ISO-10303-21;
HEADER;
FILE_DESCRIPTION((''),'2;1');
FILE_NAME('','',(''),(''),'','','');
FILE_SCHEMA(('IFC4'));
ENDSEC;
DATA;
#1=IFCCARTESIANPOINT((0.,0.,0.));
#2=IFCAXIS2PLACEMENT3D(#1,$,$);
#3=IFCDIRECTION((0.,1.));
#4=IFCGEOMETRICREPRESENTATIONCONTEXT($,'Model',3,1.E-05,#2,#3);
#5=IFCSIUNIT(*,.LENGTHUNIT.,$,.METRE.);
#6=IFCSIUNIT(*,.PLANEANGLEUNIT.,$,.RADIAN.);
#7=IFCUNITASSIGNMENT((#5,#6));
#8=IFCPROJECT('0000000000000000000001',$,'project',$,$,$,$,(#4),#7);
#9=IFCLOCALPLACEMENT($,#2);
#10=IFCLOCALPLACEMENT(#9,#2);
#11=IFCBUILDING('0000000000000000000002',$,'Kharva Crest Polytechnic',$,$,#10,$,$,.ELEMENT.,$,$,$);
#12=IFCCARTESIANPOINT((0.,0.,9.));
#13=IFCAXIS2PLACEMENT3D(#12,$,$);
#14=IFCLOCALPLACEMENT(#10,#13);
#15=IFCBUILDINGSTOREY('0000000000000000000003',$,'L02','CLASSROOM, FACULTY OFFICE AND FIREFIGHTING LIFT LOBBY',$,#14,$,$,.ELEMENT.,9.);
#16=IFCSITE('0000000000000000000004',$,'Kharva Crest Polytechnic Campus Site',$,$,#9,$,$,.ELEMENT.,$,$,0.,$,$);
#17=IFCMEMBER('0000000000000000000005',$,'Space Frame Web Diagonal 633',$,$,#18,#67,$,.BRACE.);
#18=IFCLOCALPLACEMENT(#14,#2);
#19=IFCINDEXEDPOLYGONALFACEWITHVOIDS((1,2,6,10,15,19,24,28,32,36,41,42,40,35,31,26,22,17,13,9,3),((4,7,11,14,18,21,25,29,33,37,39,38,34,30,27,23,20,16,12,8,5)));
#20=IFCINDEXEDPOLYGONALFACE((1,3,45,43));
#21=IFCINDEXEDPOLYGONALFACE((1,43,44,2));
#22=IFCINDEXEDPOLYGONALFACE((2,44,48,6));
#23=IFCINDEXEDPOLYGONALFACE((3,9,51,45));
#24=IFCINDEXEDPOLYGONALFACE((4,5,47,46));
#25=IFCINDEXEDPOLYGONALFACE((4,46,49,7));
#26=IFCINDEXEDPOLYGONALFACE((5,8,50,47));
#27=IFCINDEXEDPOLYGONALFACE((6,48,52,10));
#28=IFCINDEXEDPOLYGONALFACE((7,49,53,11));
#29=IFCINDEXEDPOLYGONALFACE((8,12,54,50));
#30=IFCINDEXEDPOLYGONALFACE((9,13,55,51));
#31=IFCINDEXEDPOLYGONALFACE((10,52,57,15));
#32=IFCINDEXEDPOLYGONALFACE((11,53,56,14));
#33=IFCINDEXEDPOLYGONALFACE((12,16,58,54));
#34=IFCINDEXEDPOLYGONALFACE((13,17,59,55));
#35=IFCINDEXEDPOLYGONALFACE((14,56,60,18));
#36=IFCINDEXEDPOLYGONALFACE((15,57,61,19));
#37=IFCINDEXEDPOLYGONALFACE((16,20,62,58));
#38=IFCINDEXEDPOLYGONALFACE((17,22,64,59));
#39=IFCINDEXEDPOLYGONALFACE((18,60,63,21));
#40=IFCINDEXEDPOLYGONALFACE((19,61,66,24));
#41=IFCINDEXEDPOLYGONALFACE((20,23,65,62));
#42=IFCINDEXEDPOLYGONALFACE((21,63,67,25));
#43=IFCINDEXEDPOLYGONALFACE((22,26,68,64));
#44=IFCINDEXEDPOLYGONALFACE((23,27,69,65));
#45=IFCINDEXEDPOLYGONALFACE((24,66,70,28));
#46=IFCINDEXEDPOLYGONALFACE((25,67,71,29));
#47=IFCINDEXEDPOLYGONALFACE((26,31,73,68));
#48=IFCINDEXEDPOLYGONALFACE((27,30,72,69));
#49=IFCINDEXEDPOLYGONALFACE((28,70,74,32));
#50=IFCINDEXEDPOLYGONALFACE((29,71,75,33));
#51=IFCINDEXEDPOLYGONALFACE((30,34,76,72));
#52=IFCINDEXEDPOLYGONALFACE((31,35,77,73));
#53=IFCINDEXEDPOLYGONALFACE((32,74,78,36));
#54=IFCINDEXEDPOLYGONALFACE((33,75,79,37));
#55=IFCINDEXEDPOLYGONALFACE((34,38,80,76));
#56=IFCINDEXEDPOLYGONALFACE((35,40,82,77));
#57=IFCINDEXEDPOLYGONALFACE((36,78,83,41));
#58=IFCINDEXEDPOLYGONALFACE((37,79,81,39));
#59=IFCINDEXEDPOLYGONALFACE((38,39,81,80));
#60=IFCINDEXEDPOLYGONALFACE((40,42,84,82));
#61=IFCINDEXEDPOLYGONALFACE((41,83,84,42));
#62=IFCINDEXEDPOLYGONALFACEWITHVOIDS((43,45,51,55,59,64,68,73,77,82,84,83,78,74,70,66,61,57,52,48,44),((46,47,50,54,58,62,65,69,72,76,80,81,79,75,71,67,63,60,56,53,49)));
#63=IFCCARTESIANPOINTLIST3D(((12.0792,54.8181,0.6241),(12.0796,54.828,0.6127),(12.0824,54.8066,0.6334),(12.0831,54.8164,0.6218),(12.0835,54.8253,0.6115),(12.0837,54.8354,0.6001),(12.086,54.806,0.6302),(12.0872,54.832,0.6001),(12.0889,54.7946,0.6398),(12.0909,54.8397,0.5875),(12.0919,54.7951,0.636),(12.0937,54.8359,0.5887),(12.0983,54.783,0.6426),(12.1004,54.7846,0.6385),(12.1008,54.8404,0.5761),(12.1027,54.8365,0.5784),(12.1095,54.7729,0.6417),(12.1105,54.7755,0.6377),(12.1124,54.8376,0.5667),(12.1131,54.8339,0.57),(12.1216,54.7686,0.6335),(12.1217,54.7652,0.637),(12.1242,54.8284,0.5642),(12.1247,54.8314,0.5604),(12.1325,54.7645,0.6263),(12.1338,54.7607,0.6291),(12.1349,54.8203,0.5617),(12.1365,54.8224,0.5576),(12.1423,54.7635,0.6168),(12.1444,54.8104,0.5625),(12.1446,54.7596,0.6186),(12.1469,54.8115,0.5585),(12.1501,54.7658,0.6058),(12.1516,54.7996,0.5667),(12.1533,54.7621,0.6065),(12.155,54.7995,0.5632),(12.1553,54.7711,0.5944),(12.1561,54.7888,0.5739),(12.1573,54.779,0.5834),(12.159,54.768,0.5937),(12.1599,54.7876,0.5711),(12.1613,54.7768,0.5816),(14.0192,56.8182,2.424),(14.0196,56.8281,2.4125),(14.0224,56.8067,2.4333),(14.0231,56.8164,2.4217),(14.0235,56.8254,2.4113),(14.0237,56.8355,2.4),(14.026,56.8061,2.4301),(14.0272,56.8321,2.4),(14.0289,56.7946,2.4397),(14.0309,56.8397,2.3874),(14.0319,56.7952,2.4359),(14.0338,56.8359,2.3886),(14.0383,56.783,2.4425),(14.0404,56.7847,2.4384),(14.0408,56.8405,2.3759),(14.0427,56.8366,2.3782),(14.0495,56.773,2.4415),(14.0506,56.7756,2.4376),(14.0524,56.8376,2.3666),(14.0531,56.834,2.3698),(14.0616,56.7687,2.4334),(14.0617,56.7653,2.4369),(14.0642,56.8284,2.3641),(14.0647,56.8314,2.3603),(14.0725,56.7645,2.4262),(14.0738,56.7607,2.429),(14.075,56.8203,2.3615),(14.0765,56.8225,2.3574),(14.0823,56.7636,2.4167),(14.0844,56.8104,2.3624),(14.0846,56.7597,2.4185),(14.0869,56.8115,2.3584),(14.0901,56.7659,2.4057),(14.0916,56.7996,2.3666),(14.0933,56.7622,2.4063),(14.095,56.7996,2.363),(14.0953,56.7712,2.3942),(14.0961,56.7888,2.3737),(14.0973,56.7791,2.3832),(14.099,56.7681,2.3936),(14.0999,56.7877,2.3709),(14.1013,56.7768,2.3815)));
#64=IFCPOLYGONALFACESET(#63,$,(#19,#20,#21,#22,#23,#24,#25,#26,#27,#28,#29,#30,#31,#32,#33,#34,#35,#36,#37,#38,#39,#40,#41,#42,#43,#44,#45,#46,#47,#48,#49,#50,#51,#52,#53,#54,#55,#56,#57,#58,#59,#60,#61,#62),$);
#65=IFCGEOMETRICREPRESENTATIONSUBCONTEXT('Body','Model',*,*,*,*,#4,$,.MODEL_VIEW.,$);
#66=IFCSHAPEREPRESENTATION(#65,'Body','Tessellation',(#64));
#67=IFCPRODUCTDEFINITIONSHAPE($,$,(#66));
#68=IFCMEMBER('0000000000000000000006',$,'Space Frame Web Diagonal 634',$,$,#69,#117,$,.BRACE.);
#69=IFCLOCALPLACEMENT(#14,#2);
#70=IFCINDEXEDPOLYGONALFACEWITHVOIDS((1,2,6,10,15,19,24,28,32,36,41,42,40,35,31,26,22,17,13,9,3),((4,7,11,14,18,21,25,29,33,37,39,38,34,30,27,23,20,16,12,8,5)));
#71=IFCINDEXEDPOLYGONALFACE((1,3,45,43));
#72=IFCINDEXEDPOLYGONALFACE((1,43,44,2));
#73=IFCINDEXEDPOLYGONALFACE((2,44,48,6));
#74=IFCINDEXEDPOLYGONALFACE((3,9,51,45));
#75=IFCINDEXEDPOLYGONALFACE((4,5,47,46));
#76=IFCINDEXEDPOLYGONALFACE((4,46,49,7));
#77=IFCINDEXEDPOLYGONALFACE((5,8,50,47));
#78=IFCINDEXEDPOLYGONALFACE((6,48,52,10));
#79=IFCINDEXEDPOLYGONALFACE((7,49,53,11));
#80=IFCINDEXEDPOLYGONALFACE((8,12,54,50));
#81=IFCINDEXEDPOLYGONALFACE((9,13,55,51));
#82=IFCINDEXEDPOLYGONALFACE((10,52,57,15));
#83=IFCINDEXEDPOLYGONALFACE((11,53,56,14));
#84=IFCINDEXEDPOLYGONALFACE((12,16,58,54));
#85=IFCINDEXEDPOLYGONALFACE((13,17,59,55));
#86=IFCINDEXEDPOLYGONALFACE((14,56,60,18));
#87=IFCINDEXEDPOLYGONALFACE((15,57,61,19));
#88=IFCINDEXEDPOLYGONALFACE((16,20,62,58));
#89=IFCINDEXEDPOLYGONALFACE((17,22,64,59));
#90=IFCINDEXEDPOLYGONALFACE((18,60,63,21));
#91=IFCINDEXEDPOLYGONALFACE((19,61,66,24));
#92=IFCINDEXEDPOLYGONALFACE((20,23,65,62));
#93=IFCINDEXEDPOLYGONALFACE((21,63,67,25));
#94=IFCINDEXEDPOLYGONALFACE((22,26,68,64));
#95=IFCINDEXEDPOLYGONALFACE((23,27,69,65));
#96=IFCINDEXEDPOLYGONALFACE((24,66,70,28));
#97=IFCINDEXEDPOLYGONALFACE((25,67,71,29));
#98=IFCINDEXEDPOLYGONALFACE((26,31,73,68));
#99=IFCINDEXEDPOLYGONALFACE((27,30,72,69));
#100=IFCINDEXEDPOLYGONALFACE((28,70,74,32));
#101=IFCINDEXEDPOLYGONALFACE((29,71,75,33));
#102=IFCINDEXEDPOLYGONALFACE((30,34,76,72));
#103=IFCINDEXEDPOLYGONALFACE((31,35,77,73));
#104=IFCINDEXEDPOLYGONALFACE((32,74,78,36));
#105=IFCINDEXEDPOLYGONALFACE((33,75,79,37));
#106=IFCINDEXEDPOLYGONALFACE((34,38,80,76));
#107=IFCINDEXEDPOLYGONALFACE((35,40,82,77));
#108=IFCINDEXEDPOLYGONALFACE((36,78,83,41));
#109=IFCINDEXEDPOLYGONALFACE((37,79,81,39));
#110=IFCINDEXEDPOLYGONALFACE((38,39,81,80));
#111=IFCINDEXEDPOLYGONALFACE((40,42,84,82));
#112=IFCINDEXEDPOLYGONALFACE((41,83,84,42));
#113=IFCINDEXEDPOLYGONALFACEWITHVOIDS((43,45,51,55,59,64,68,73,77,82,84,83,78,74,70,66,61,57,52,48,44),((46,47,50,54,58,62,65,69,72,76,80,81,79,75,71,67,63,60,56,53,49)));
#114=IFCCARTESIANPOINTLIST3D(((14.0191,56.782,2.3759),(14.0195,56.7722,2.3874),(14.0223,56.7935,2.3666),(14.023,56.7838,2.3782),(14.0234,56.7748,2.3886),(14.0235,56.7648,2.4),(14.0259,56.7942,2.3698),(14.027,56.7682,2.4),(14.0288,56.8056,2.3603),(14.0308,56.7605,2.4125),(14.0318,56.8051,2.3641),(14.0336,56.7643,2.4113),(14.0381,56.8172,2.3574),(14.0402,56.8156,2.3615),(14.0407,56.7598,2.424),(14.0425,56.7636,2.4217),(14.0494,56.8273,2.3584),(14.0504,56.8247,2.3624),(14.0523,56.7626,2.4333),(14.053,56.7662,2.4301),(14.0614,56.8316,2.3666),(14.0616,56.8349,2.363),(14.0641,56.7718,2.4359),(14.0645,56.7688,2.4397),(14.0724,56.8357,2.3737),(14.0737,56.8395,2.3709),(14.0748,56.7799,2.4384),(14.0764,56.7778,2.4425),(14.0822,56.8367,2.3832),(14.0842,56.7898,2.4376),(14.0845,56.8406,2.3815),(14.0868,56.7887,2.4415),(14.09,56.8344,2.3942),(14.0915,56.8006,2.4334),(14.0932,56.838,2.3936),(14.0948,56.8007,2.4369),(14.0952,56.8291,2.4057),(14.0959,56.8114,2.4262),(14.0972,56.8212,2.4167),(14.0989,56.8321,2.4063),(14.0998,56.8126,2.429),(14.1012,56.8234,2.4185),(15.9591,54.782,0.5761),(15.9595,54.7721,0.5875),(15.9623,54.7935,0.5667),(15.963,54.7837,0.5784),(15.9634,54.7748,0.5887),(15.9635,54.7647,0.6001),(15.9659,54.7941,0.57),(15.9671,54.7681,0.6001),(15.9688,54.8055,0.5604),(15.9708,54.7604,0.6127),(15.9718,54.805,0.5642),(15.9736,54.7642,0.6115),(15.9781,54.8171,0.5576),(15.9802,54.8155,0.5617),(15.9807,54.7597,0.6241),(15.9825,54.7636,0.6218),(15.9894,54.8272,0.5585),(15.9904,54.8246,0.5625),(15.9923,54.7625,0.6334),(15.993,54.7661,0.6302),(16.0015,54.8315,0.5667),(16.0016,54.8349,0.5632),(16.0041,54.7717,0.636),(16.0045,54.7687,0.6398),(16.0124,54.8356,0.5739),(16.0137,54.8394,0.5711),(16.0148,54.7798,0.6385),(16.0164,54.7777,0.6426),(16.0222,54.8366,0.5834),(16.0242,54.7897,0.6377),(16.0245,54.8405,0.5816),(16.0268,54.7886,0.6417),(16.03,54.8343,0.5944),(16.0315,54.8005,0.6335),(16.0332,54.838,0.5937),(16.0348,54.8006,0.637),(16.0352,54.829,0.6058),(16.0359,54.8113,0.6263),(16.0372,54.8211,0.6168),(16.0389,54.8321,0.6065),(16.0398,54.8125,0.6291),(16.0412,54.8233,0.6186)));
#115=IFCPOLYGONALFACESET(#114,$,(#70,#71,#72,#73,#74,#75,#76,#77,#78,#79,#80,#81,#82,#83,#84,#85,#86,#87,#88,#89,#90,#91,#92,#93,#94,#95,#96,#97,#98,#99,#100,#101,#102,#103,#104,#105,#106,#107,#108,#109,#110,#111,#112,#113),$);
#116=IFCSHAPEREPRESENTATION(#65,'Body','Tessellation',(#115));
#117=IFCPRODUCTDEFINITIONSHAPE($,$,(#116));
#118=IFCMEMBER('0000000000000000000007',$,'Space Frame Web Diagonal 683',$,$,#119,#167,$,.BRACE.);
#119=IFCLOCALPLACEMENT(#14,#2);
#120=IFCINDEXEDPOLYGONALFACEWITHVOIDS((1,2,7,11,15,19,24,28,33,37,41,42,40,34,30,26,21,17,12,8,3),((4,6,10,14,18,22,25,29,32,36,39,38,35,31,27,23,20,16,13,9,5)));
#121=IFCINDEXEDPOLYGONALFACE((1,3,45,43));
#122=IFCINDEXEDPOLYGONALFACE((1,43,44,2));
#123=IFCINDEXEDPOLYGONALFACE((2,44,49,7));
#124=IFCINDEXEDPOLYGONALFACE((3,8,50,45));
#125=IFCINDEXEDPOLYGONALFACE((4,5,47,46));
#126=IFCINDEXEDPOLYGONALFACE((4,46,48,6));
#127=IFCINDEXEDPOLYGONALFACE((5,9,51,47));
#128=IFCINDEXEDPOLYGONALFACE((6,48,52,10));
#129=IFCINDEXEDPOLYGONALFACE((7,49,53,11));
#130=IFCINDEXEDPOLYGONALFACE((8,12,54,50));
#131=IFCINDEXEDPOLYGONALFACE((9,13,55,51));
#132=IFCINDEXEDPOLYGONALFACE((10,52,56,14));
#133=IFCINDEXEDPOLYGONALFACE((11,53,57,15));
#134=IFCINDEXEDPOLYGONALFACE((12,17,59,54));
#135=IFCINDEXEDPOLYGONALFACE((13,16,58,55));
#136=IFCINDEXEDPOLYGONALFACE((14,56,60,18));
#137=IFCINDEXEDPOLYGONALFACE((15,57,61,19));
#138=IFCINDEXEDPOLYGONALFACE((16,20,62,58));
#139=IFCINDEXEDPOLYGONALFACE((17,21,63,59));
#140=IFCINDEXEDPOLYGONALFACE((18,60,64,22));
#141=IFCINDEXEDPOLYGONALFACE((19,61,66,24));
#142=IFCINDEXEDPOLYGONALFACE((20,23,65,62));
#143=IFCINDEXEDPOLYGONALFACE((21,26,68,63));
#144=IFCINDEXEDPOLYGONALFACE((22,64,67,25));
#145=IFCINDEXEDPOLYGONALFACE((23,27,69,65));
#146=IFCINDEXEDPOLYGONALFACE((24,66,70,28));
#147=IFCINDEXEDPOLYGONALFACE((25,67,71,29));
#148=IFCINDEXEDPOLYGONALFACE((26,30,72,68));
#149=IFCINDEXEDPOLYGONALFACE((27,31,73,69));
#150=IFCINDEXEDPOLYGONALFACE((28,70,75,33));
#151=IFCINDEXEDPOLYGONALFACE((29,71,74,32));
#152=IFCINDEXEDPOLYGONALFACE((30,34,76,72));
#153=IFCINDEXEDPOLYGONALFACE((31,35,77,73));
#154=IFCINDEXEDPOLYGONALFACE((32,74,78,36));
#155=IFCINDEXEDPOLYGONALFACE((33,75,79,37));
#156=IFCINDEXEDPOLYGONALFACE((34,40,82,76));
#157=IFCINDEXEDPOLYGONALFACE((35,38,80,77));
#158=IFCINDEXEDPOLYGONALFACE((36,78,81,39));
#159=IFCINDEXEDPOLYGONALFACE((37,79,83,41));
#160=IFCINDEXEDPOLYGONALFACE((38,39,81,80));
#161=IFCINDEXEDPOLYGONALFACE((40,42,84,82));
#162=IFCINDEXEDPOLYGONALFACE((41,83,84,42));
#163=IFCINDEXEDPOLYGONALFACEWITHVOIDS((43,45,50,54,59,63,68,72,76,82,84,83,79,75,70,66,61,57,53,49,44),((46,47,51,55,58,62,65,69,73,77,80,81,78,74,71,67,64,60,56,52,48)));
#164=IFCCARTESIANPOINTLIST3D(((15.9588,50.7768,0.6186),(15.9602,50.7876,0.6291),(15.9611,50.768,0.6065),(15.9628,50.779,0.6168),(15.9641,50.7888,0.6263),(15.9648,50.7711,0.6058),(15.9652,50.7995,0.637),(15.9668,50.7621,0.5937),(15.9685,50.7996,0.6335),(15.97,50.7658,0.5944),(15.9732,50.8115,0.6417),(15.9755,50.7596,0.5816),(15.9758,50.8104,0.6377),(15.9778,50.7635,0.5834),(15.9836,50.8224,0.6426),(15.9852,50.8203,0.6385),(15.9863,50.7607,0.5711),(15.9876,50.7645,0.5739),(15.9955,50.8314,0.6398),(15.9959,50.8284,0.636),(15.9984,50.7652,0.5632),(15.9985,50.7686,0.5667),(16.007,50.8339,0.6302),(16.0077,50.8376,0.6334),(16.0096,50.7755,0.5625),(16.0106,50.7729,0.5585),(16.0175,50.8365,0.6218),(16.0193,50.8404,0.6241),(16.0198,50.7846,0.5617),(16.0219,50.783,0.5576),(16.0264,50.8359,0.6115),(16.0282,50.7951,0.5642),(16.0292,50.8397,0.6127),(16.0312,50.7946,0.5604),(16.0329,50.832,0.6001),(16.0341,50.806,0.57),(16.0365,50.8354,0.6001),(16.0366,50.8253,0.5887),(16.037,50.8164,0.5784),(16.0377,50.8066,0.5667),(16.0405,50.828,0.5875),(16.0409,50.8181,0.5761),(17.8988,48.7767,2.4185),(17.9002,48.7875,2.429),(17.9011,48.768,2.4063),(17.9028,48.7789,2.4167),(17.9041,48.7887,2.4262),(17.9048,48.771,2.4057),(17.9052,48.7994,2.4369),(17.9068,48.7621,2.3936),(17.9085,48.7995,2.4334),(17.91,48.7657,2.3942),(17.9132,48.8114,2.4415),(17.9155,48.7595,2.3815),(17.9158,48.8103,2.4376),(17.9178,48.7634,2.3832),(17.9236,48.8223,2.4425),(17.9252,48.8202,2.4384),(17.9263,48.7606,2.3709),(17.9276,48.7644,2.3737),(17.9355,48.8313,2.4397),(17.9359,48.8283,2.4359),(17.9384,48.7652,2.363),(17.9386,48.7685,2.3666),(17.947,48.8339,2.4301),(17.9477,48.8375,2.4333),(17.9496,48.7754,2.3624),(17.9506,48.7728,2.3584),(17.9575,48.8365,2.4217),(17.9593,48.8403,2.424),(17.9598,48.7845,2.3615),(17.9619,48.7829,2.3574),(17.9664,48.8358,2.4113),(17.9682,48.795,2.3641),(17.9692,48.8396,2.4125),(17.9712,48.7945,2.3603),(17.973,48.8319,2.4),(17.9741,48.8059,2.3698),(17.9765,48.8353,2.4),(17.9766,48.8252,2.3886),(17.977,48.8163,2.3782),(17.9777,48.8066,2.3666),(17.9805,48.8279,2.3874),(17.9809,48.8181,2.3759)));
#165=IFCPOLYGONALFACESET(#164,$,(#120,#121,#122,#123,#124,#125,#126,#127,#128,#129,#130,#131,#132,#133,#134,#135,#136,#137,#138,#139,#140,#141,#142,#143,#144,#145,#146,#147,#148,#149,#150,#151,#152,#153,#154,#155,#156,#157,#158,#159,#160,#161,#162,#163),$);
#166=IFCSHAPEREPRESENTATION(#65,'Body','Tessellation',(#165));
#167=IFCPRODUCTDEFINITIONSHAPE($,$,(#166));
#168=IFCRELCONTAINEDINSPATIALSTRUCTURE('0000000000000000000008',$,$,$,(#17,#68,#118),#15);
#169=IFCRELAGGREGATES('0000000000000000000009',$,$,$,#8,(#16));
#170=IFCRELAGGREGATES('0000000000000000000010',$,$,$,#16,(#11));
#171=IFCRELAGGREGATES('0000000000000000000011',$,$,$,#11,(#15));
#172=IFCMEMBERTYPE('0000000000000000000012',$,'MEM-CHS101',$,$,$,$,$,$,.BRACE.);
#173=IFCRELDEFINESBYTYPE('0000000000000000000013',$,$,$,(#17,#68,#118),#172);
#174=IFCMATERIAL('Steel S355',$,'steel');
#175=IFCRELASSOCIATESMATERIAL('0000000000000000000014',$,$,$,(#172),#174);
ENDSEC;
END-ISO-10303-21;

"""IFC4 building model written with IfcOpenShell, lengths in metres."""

from ifc_helpers import new_model, si_unit, direction, frame, origin, origin_2d, place, context, subcontext, project, spatial, hollow_circle, extrude, material, material_profile, profile_set, type_object, element, save


model = new_model("IFC4")

# Units and contexts
model_context = context("Model", 3, precision=1e-05, world=origin(), true_north=direction((0.0, 1.0)))
body_context = subcontext(model_context, "Body", "Model", "MODEL_VIEW")
ifc_project = project(units=[si_unit("LENGTHUNIT", "METRE"), si_unit("PLANEANGLEUNIT", "RADIAN")], contexts=[model_context])

# Site, building, storey
site_placement = place(None, origin())
site = spatial("IfcSite", under=ifc_project, at=site_placement, Name="Kharva Crest Polytechnic Campus Site", CompositionType="ELEMENT", RefElevation=0.0)
building_placement = place(site_placement, origin())
building = spatial("IfcBuilding", under=site, at=building_placement, Name="Kharva Crest Polytechnic", CompositionType="ELEMENT")
storey_placement = place(building_placement, frame((0.0, 0.0, 9.0)))
storey = spatial("IfcBuildingStorey", under=building, at=storey_placement, Name="L02", Description="CLASSROOM, FACULTY OFFICE AND FIREFIGHTING LIFT LOBBY", CompositionType="ELEMENT", Elevation=9.0)

# Shared definitions
ifc_material_1 = material(Name="Steel S355", Category="steel")

# Members
ifc_material_profile_1 = material_profile(ifc_material_1, hollow_circle(Radius=0.0508, WallThickness=0.0049, at=origin_2d()), Name="CHS 101.6X5.0")
ifc_profile_set_1 = profile_set([ifc_material_profile_1], Name="Steel S355")
member_type_1 = type_object("IfcMemberType", Name="MEM-CHS101", PredefinedType="BRACE", material=ifc_profile_set_1)
for number, where, z_axis, x_axis, name in (
    (1, (12.1201, 54.8, 0.6001), (0.584843, 0.60295, 0.542596), (-0.717802, 0.696247, 0.0), "Space Frame Web Diagonal 633"),
    (2, (16.0, 54.8, 0.6001), (-0.584843, 0.60295, 0.542596), (-0.717802, -0.696247, 0.0), "Space Frame Web Diagonal 634"),
    (3, (16.0, 50.8, 0.6001), (0.584843, -0.60295, 0.542596), (0.717802, 0.696247, 0.0), "Space Frame Web Diagonal 683"),
):
    element("IfcMember", number, at=place(storey_placement, frame(where, z_axis=z_axis, x_axis=x_axis)), inside=storey, type_object=member_type_1, Name=name, PredefinedType="BRACE", context=body_context, shape_type="SweptSolid", body=[
        extrude(hollow_circle(Radius=0.0508, WallThickness=0.0049, at=origin_2d()), origin(), (0.0, 0.0, 1.0), 3.3171),
    ])

save(model, "model.ifc")
